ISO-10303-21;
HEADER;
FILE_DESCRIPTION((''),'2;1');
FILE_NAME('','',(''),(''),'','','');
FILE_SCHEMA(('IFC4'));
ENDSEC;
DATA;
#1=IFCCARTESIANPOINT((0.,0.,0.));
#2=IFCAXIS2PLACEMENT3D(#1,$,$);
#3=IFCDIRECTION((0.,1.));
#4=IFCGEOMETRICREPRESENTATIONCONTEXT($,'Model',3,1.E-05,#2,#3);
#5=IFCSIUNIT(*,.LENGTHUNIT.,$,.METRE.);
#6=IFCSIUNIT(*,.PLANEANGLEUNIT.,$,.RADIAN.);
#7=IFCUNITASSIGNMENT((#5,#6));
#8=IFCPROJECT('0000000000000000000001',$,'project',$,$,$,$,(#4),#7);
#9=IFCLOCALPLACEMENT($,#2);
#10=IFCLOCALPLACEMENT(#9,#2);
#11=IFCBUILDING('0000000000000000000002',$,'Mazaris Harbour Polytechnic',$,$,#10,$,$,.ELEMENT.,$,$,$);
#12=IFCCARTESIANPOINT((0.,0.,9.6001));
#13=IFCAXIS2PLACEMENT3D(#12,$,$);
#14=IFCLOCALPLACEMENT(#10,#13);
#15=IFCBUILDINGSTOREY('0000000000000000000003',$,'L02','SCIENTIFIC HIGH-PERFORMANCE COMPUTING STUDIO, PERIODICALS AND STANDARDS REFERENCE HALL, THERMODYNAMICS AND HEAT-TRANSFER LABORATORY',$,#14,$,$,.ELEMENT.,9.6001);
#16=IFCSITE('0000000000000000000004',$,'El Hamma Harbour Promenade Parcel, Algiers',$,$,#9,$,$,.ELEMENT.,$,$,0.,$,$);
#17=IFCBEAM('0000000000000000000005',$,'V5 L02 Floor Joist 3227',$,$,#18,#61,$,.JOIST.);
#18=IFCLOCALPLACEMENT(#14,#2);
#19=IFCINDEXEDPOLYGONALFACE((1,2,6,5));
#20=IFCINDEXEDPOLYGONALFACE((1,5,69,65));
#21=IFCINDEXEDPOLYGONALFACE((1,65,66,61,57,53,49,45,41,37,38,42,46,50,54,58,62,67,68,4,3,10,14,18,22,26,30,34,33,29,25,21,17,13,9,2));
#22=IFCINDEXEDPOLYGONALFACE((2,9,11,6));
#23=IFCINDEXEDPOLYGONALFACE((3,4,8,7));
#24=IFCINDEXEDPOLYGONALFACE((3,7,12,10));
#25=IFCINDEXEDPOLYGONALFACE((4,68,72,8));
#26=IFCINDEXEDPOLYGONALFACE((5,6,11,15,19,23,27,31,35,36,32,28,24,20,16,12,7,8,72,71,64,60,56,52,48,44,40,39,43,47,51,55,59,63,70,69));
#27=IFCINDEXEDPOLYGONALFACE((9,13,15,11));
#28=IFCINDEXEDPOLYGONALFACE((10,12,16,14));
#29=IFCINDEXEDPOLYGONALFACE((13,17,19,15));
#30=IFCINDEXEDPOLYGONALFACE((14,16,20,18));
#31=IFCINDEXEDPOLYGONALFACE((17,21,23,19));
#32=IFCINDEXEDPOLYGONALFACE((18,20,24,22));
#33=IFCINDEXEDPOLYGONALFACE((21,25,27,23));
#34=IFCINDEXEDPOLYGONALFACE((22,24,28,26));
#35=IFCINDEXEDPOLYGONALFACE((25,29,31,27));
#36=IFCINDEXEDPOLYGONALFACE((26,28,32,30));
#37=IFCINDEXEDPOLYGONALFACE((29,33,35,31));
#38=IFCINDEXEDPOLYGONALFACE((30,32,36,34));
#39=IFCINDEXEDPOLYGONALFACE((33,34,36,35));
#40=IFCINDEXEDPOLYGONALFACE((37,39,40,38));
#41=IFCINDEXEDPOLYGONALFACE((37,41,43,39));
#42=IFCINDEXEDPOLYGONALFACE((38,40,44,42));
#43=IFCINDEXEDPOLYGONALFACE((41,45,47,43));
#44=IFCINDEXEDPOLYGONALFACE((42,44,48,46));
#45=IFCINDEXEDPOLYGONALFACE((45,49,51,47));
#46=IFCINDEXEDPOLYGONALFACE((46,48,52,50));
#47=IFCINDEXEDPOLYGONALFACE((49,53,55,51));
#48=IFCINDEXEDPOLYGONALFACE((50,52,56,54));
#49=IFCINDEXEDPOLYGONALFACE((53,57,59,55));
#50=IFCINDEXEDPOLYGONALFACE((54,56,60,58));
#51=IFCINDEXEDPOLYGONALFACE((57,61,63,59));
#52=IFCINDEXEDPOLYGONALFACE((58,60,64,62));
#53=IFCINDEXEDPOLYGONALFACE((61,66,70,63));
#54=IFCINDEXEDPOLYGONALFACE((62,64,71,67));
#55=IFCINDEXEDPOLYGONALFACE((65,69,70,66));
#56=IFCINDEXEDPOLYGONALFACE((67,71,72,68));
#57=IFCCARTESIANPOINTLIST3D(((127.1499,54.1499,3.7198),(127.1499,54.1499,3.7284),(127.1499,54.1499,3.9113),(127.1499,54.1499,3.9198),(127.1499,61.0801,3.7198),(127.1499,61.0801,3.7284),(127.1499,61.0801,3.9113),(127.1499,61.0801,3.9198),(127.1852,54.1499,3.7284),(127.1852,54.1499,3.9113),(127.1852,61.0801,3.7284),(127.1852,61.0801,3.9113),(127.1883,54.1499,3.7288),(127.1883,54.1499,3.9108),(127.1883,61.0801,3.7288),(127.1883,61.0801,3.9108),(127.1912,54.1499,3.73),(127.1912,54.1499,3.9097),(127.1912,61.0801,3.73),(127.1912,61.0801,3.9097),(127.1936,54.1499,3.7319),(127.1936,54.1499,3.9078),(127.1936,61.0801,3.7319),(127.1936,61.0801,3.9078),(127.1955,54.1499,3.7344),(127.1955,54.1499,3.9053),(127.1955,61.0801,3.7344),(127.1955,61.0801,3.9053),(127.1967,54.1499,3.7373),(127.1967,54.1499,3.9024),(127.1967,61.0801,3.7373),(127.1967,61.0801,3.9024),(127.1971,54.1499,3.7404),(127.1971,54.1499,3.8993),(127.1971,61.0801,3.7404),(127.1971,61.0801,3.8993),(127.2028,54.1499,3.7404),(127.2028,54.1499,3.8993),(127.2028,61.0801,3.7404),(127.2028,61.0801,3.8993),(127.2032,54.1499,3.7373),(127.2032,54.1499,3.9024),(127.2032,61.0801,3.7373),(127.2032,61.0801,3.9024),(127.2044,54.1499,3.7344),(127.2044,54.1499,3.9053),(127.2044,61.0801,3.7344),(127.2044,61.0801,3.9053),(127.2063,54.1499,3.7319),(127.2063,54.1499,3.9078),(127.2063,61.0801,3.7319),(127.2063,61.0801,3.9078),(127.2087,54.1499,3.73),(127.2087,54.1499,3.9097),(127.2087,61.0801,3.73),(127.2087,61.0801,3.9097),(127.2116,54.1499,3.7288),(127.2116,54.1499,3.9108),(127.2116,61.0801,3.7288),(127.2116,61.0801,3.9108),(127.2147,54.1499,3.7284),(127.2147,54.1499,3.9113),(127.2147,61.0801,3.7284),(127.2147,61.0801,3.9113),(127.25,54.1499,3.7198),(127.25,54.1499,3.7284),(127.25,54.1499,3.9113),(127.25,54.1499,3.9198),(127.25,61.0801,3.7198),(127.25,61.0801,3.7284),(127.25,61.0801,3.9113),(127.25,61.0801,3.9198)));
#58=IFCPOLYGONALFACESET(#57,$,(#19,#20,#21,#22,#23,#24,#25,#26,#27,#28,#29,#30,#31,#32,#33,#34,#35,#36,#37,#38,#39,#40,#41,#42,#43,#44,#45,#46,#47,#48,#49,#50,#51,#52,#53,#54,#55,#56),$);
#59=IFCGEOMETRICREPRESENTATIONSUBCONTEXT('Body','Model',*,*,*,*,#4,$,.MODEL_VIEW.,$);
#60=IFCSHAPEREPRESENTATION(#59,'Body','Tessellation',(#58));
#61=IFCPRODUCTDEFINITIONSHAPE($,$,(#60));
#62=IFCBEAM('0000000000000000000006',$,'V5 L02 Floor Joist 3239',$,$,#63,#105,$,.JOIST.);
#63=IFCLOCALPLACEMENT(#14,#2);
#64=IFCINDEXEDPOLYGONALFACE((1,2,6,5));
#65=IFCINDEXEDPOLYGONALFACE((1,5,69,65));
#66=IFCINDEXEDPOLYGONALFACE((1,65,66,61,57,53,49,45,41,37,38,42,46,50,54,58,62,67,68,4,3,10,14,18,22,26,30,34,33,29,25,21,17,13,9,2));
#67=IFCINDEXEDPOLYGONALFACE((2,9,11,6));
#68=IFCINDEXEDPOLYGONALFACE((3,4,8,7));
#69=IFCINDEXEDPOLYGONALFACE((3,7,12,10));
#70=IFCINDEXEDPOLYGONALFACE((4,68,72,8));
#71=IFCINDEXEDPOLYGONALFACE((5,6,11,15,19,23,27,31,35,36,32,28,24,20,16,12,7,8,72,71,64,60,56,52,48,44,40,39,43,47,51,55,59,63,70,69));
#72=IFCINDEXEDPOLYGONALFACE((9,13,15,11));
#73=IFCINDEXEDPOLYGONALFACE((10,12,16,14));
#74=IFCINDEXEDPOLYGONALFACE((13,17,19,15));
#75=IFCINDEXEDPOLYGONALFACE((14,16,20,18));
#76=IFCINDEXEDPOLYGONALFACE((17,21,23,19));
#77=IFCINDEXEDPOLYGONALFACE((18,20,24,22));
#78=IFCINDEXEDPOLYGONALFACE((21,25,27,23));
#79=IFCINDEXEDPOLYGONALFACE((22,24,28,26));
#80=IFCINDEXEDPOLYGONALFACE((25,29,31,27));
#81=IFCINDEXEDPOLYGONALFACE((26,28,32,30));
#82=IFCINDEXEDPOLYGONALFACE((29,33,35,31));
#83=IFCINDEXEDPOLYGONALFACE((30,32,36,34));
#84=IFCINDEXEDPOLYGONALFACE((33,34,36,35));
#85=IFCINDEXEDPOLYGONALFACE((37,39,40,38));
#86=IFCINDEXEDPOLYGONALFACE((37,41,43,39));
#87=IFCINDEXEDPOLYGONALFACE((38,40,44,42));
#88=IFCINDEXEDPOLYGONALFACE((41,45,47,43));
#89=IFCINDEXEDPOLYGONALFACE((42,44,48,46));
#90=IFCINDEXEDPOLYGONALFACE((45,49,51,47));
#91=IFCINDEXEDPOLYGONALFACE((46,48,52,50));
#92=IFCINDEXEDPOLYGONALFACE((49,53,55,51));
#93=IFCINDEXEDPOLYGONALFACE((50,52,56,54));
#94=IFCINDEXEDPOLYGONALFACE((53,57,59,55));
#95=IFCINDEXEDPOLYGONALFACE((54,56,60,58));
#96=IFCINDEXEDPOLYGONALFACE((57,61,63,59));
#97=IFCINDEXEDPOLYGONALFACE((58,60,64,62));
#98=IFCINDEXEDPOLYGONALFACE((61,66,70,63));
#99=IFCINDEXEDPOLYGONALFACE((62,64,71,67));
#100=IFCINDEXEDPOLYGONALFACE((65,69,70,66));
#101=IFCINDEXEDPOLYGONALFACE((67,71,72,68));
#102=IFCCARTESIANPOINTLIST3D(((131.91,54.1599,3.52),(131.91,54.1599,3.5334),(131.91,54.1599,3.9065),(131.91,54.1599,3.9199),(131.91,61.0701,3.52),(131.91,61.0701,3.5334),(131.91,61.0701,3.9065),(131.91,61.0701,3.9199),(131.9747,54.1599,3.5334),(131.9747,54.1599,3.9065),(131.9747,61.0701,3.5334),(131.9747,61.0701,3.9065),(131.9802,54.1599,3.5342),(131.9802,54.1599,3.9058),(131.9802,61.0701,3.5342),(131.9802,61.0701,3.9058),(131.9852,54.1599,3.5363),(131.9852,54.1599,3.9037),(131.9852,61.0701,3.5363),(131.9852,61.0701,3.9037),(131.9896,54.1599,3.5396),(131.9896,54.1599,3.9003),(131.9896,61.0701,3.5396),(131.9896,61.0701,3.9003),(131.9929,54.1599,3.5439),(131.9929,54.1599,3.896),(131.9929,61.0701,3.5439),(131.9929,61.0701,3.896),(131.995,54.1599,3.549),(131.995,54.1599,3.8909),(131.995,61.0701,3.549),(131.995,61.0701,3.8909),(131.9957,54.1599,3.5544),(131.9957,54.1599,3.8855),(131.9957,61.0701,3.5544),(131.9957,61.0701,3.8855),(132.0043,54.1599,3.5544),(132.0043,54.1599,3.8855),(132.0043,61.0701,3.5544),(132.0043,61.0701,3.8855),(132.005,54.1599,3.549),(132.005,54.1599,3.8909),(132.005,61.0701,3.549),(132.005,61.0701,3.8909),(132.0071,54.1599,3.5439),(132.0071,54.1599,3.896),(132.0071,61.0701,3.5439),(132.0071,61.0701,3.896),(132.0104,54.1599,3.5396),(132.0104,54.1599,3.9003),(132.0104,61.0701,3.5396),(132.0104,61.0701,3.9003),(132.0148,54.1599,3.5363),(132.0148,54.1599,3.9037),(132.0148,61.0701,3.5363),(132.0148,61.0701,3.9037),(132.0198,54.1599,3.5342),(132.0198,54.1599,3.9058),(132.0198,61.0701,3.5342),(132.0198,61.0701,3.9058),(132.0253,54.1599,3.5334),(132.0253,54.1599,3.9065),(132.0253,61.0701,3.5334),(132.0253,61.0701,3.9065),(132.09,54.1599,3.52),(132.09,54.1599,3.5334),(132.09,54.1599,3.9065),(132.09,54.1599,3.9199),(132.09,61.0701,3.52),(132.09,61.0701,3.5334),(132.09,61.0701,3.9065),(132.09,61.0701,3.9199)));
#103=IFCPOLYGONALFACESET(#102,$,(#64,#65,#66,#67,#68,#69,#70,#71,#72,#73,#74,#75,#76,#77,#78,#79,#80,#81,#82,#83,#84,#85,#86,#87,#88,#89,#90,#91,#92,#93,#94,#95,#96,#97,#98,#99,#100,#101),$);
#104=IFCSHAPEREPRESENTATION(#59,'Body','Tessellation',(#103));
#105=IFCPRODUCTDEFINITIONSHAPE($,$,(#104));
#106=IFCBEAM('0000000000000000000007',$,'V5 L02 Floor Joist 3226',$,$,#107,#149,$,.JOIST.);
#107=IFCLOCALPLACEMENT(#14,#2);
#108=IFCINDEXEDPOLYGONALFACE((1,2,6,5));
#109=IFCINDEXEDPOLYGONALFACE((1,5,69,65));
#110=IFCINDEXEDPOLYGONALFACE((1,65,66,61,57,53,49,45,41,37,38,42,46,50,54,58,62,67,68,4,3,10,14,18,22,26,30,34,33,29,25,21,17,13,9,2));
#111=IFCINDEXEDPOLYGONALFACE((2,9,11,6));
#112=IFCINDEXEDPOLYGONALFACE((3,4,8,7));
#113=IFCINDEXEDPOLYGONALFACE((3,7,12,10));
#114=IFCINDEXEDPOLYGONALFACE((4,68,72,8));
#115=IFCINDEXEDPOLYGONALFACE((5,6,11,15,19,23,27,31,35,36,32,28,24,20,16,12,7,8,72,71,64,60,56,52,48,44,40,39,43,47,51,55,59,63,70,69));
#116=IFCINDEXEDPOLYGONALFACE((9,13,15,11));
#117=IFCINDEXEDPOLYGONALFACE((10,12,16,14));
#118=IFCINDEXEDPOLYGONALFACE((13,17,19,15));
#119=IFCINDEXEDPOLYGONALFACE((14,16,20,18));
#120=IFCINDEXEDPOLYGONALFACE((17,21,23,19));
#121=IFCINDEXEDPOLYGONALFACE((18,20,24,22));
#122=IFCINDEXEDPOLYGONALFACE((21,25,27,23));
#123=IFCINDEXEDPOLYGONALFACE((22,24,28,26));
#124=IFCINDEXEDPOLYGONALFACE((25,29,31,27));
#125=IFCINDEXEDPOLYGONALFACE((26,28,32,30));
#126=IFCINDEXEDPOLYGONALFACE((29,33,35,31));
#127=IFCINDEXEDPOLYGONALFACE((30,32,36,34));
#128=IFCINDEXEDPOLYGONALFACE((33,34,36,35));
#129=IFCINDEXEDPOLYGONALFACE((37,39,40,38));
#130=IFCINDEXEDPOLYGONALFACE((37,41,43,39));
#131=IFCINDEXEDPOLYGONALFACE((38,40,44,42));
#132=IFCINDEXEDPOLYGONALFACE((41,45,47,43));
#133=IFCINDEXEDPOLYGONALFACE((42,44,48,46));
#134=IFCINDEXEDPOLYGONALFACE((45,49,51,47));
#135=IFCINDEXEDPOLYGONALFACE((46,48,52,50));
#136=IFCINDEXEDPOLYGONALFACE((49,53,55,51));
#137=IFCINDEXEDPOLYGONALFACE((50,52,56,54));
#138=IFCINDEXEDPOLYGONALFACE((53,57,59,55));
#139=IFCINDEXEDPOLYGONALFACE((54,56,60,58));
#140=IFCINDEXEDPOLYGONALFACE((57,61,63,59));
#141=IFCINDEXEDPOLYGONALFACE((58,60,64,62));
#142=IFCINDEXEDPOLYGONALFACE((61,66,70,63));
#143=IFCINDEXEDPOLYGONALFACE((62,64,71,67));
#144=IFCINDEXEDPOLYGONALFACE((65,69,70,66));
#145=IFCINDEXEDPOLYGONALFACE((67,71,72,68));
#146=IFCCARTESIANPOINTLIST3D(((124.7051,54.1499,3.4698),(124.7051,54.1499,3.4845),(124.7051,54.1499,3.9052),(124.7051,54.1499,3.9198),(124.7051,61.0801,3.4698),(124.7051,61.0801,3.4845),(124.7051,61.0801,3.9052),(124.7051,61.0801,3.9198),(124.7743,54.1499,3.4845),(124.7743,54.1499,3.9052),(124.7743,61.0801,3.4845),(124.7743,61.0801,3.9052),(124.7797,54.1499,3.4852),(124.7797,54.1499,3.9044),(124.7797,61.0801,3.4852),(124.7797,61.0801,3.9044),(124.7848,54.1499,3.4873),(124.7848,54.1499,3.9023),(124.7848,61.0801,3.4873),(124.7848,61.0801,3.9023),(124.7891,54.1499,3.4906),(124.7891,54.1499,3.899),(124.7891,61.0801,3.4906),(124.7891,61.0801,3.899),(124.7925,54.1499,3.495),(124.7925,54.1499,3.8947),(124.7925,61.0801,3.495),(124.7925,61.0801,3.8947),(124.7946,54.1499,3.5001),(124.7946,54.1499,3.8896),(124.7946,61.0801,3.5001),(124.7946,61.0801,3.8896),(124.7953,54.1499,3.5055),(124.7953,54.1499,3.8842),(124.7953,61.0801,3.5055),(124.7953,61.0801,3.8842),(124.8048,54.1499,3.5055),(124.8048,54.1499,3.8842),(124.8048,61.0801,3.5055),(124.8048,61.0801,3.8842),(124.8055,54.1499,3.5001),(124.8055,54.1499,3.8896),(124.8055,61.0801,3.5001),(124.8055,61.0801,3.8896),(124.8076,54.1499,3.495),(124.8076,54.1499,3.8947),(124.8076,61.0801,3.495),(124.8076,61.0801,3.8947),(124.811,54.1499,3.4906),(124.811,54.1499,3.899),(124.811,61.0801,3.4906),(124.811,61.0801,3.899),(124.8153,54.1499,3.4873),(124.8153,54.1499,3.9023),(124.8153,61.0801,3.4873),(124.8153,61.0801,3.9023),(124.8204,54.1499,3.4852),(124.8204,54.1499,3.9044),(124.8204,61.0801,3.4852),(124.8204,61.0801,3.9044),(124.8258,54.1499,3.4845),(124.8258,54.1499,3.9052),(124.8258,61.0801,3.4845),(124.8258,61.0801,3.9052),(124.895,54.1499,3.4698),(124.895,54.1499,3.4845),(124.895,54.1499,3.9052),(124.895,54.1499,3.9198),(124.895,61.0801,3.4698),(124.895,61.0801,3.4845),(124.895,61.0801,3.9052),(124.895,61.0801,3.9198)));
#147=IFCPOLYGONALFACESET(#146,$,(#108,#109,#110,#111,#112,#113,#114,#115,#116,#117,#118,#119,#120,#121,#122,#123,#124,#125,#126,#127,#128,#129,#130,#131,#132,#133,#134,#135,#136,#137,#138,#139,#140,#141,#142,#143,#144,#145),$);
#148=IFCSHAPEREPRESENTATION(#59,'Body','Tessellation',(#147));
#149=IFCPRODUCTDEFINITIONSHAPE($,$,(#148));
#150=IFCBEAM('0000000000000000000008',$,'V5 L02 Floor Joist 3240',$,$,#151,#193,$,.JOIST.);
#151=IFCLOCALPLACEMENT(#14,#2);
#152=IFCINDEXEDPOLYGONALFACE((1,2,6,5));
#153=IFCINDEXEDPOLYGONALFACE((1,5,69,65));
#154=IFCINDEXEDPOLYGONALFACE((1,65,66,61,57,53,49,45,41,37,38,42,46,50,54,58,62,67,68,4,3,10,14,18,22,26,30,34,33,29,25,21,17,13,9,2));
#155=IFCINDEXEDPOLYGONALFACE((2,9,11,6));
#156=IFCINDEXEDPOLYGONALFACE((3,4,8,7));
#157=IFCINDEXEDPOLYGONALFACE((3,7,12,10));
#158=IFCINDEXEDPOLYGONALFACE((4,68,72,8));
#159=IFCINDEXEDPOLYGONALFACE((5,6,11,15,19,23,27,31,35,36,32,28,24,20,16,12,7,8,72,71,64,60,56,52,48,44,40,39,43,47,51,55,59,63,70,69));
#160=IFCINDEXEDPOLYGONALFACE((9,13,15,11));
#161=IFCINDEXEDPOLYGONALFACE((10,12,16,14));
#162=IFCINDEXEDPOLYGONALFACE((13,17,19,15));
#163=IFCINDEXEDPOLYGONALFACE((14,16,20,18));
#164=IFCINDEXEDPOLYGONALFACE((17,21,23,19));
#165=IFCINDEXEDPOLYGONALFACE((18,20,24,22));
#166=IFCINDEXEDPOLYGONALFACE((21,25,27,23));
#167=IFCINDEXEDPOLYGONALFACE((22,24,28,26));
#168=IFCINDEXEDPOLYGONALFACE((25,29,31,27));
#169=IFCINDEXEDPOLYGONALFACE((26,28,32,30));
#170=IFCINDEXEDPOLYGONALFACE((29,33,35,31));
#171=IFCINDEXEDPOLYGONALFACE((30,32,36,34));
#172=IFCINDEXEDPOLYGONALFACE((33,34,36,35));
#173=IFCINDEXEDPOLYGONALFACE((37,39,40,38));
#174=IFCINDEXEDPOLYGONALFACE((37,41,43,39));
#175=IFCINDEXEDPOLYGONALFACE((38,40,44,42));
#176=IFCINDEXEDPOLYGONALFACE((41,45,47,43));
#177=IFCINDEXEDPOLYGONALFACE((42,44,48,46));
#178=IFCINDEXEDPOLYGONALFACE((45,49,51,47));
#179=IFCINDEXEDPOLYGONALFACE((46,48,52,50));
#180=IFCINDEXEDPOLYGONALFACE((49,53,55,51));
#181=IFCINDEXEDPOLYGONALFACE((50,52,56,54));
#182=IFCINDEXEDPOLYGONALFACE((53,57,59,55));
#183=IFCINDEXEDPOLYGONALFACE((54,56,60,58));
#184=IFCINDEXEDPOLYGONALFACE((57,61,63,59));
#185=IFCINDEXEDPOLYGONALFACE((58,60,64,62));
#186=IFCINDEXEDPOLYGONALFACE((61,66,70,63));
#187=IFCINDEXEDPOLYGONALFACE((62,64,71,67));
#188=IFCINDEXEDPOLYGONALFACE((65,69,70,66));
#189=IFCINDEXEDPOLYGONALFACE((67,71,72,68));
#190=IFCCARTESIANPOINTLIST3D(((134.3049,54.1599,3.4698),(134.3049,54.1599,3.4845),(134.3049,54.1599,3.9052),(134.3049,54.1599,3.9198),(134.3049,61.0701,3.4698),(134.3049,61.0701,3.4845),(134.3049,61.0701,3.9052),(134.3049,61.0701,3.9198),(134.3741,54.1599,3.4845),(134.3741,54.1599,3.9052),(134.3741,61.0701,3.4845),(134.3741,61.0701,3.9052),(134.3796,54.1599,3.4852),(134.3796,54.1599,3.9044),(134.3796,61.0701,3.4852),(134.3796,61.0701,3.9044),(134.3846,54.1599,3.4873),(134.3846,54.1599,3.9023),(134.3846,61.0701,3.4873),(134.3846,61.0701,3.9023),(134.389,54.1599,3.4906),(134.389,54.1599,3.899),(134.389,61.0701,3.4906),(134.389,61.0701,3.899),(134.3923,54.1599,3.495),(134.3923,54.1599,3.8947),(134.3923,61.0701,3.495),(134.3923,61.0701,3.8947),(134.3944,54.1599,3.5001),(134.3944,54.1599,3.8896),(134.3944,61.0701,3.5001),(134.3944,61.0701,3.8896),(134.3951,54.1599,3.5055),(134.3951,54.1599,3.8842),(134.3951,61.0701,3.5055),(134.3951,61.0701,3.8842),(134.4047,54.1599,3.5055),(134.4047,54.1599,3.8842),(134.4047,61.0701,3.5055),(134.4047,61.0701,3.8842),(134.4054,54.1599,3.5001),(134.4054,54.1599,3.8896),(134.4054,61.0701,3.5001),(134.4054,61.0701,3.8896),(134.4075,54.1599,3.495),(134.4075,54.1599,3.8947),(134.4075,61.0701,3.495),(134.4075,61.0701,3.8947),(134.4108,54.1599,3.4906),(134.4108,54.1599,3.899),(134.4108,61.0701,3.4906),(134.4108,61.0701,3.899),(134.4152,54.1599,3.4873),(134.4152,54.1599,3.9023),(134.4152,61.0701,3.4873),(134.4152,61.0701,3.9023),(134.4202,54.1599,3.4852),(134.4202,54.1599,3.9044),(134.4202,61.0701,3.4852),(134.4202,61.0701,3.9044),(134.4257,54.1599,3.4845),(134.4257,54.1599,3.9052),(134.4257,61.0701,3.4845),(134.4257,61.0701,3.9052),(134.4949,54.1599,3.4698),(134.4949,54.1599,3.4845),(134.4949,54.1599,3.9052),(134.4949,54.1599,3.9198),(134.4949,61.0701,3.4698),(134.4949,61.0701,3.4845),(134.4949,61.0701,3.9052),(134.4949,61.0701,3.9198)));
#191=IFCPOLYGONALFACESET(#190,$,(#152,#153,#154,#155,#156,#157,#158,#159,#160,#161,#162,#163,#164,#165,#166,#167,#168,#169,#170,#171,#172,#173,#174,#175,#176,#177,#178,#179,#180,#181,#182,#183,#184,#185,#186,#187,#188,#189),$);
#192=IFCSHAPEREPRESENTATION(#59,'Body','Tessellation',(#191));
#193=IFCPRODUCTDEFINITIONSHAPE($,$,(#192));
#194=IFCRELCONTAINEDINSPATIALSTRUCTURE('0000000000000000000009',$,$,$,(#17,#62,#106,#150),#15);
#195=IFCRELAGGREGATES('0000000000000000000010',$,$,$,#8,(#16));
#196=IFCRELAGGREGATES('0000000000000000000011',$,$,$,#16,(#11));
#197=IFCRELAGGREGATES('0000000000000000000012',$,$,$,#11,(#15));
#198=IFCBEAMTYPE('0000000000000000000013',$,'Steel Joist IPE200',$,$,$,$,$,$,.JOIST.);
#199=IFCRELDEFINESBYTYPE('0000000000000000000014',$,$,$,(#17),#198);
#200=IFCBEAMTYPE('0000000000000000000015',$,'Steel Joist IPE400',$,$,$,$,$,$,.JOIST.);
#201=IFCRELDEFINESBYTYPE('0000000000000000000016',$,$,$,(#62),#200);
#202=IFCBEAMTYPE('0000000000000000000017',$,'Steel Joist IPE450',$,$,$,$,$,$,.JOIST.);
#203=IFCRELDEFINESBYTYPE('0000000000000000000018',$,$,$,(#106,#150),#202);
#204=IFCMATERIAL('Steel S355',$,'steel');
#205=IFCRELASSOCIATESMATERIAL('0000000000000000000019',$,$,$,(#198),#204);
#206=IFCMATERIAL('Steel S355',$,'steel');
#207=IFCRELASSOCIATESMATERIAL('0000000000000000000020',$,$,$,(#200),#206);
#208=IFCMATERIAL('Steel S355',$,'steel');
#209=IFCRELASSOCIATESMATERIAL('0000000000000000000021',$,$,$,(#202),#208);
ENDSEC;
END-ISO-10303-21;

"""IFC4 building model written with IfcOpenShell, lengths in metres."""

from ifc_helpers import new_model, si_unit, direction, frame, origin, origin_2d, place, context, subcontext, project, spatial, i_section, extrude, material, material_profile, profile_set, type_object, element, save


model = new_model("IFC4")

# Units and contexts
model_context = context("Model", 3, precision=1e-05, world=origin(), true_north=direction((0.0, 1.0)))
body_context = subcontext(model_context, "Body", "Model", "MODEL_VIEW")
ifc_project = project(units=[si_unit("LENGTHUNIT", "METRE"), si_unit("PLANEANGLEUNIT", "RADIAN")], contexts=[model_context])

# Site, building, storey
site_placement = place(None, origin())
site = spatial("IfcSite", under=ifc_project, at=site_placement, Name="El Hamma Harbour Promenade Parcel, Algiers", CompositionType="ELEMENT", RefElevation=0.0)
building_placement = place(site_placement, origin())
building = spatial("IfcBuilding", under=site, at=building_placement, Name="Mazaris Harbour Polytechnic", CompositionType="ELEMENT")
storey_placement = place(building_placement, frame((0.0, 0.0, 9.6001)))
storey = spatial("IfcBuildingStorey", under=building, at=storey_placement, Name="L02", Description="SCIENTIFIC HIGH-PERFORMANCE COMPUTING STUDIO, PERIODICALS AND STANDARDS REFERENCE HALL, THERMODYNAMICS AND HEAT-TRANSFER LABORATORY", CompositionType="ELEMENT", Elevation=9.6001)

# Beams
ifc_material_1 = material(Name="Steel S355", Category="steel")
ifc_material_profile_1 = material_profile(ifc_material_1, i_section(OverallWidth=0.1001, OverallDepth=0.2, WebThickness=0.0056, FlangeThickness=0.0085, FilletRadius=0.012, at=origin_2d()), Name="IPE 200")
ifc_profile_set_1 = profile_set([ifc_material_profile_1], Name="Steel S355")
beam_type_1 = type_object("IfcBeamType", Name="Steel Joist IPE200", PredefinedType="JOIST", material=ifc_profile_set_1)
beam_1_placement = place(storey_placement, frame((127.2, 54.1499, 3.8198), z_axis=(0.0, 1.0, 0.0), x_axis=(-1.0, 0.0, 0.0)))
element("IfcBeam", 1, at=beam_1_placement, inside=storey, type_object=beam_type_1, Name="V5 L02 Floor Joist 3227", PredefinedType="JOIST", context=body_context, shape_type="SweptSolid", body=[
    extrude(i_section(OverallWidth=0.1001, OverallDepth=0.2, WebThickness=0.0056, FlangeThickness=0.0085, FilletRadius=0.012, at=origin_2d()), origin(), (0.0, 0.0, 1.0), 6.9302),
])
ifc_material_2 = material(Name="Steel S355", Category="steel")
ifc_material_profile_2 = material_profile(ifc_material_2, i_section(OverallWidth=0.1799, OverallDepth=0.3999, WebThickness=0.0085, FlangeThickness=0.0134, FilletRadius=0.021, at=origin_2d()), Name="IPE 400")
ifc_profile_set_2 = profile_set([ifc_material_profile_2], Name="Steel S355")
beam_type_2 = type_object("IfcBeamType", Name="Steel Joist IPE400", PredefinedType="JOIST", material=ifc_profile_set_2)
beam_2_placement = place(storey_placement, frame((132.0, 54.1599, 3.72), z_axis=(0.0, 1.0, 0.0), x_axis=(-1.0, 0.0, 0.0)))
element("IfcBeam", 2, at=beam_2_placement, inside=storey, type_object=beam_type_2, Name="V5 L02 Floor Joist 3239", PredefinedType="JOIST", context=body_context, shape_type="SweptSolid", body=[
    extrude(i_section(OverallWidth=0.1799, OverallDepth=0.3999, WebThickness=0.0085, FlangeThickness=0.0134, FilletRadius=0.021, at=origin_2d()), origin(), (0.0, 0.0, 1.0), 6.9102),
])
ifc_material_3 = material(Name="Steel S355", Category="steel")
ifc_material_profile_3 = material_profile(ifc_material_3, i_section(OverallWidth=0.1899, OverallDepth=0.45, WebThickness=0.0095, FlangeThickness=0.0146, FilletRadius=0.021, at=origin_2d()), Name="IPE 450")
ifc_profile_set_3 = profile_set([ifc_material_profile_3], Name="Steel S355")
beam_type_3 = type_object("IfcBeamType", Name="Steel Joist IPE450", PredefinedType="JOIST", material=ifc_profile_set_3)
beam_3_placement = place(storey_placement, frame((124.8, 54.1499, 3.6948), z_axis=(0.0, 1.0, 0.0), x_axis=(-1.0, 0.0, 0.0)))
element("IfcBeam", 3, at=beam_3_placement, inside=storey, type_object=beam_type_3, Name="V5 L02 Floor Joist 3226", PredefinedType="JOIST", context=body_context, shape_type="SweptSolid", body=[
    extrude(i_section(OverallWidth=0.1899, OverallDepth=0.45, WebThickness=0.0095, FlangeThickness=0.0146, FilletRadius=0.021, at=origin_2d()), origin(), (0.0, 0.0, 1.0), 6.9302),
])
beam_4_placement = place(storey_placement, frame((134.3999, 54.1599, 3.6948), z_axis=(0.0, 1.0, 0.0), x_axis=(-1.0, 0.0, 0.0)))
element("IfcBeam", 4, at=beam_4_placement, inside=storey, type_object=beam_type_3, Name="V5 L02 Floor Joist 3240", PredefinedType="JOIST", context=body_context, shape_type="SweptSolid", body=[
    extrude(i_section(OverallWidth=0.1899, OverallDepth=0.45, WebThickness=0.0095, FlangeThickness=0.0146, FilletRadius=0.021, at=origin_2d()), origin(), (0.0, 0.0, 1.0), 6.9102),
])

save(model, "model.ifc")
